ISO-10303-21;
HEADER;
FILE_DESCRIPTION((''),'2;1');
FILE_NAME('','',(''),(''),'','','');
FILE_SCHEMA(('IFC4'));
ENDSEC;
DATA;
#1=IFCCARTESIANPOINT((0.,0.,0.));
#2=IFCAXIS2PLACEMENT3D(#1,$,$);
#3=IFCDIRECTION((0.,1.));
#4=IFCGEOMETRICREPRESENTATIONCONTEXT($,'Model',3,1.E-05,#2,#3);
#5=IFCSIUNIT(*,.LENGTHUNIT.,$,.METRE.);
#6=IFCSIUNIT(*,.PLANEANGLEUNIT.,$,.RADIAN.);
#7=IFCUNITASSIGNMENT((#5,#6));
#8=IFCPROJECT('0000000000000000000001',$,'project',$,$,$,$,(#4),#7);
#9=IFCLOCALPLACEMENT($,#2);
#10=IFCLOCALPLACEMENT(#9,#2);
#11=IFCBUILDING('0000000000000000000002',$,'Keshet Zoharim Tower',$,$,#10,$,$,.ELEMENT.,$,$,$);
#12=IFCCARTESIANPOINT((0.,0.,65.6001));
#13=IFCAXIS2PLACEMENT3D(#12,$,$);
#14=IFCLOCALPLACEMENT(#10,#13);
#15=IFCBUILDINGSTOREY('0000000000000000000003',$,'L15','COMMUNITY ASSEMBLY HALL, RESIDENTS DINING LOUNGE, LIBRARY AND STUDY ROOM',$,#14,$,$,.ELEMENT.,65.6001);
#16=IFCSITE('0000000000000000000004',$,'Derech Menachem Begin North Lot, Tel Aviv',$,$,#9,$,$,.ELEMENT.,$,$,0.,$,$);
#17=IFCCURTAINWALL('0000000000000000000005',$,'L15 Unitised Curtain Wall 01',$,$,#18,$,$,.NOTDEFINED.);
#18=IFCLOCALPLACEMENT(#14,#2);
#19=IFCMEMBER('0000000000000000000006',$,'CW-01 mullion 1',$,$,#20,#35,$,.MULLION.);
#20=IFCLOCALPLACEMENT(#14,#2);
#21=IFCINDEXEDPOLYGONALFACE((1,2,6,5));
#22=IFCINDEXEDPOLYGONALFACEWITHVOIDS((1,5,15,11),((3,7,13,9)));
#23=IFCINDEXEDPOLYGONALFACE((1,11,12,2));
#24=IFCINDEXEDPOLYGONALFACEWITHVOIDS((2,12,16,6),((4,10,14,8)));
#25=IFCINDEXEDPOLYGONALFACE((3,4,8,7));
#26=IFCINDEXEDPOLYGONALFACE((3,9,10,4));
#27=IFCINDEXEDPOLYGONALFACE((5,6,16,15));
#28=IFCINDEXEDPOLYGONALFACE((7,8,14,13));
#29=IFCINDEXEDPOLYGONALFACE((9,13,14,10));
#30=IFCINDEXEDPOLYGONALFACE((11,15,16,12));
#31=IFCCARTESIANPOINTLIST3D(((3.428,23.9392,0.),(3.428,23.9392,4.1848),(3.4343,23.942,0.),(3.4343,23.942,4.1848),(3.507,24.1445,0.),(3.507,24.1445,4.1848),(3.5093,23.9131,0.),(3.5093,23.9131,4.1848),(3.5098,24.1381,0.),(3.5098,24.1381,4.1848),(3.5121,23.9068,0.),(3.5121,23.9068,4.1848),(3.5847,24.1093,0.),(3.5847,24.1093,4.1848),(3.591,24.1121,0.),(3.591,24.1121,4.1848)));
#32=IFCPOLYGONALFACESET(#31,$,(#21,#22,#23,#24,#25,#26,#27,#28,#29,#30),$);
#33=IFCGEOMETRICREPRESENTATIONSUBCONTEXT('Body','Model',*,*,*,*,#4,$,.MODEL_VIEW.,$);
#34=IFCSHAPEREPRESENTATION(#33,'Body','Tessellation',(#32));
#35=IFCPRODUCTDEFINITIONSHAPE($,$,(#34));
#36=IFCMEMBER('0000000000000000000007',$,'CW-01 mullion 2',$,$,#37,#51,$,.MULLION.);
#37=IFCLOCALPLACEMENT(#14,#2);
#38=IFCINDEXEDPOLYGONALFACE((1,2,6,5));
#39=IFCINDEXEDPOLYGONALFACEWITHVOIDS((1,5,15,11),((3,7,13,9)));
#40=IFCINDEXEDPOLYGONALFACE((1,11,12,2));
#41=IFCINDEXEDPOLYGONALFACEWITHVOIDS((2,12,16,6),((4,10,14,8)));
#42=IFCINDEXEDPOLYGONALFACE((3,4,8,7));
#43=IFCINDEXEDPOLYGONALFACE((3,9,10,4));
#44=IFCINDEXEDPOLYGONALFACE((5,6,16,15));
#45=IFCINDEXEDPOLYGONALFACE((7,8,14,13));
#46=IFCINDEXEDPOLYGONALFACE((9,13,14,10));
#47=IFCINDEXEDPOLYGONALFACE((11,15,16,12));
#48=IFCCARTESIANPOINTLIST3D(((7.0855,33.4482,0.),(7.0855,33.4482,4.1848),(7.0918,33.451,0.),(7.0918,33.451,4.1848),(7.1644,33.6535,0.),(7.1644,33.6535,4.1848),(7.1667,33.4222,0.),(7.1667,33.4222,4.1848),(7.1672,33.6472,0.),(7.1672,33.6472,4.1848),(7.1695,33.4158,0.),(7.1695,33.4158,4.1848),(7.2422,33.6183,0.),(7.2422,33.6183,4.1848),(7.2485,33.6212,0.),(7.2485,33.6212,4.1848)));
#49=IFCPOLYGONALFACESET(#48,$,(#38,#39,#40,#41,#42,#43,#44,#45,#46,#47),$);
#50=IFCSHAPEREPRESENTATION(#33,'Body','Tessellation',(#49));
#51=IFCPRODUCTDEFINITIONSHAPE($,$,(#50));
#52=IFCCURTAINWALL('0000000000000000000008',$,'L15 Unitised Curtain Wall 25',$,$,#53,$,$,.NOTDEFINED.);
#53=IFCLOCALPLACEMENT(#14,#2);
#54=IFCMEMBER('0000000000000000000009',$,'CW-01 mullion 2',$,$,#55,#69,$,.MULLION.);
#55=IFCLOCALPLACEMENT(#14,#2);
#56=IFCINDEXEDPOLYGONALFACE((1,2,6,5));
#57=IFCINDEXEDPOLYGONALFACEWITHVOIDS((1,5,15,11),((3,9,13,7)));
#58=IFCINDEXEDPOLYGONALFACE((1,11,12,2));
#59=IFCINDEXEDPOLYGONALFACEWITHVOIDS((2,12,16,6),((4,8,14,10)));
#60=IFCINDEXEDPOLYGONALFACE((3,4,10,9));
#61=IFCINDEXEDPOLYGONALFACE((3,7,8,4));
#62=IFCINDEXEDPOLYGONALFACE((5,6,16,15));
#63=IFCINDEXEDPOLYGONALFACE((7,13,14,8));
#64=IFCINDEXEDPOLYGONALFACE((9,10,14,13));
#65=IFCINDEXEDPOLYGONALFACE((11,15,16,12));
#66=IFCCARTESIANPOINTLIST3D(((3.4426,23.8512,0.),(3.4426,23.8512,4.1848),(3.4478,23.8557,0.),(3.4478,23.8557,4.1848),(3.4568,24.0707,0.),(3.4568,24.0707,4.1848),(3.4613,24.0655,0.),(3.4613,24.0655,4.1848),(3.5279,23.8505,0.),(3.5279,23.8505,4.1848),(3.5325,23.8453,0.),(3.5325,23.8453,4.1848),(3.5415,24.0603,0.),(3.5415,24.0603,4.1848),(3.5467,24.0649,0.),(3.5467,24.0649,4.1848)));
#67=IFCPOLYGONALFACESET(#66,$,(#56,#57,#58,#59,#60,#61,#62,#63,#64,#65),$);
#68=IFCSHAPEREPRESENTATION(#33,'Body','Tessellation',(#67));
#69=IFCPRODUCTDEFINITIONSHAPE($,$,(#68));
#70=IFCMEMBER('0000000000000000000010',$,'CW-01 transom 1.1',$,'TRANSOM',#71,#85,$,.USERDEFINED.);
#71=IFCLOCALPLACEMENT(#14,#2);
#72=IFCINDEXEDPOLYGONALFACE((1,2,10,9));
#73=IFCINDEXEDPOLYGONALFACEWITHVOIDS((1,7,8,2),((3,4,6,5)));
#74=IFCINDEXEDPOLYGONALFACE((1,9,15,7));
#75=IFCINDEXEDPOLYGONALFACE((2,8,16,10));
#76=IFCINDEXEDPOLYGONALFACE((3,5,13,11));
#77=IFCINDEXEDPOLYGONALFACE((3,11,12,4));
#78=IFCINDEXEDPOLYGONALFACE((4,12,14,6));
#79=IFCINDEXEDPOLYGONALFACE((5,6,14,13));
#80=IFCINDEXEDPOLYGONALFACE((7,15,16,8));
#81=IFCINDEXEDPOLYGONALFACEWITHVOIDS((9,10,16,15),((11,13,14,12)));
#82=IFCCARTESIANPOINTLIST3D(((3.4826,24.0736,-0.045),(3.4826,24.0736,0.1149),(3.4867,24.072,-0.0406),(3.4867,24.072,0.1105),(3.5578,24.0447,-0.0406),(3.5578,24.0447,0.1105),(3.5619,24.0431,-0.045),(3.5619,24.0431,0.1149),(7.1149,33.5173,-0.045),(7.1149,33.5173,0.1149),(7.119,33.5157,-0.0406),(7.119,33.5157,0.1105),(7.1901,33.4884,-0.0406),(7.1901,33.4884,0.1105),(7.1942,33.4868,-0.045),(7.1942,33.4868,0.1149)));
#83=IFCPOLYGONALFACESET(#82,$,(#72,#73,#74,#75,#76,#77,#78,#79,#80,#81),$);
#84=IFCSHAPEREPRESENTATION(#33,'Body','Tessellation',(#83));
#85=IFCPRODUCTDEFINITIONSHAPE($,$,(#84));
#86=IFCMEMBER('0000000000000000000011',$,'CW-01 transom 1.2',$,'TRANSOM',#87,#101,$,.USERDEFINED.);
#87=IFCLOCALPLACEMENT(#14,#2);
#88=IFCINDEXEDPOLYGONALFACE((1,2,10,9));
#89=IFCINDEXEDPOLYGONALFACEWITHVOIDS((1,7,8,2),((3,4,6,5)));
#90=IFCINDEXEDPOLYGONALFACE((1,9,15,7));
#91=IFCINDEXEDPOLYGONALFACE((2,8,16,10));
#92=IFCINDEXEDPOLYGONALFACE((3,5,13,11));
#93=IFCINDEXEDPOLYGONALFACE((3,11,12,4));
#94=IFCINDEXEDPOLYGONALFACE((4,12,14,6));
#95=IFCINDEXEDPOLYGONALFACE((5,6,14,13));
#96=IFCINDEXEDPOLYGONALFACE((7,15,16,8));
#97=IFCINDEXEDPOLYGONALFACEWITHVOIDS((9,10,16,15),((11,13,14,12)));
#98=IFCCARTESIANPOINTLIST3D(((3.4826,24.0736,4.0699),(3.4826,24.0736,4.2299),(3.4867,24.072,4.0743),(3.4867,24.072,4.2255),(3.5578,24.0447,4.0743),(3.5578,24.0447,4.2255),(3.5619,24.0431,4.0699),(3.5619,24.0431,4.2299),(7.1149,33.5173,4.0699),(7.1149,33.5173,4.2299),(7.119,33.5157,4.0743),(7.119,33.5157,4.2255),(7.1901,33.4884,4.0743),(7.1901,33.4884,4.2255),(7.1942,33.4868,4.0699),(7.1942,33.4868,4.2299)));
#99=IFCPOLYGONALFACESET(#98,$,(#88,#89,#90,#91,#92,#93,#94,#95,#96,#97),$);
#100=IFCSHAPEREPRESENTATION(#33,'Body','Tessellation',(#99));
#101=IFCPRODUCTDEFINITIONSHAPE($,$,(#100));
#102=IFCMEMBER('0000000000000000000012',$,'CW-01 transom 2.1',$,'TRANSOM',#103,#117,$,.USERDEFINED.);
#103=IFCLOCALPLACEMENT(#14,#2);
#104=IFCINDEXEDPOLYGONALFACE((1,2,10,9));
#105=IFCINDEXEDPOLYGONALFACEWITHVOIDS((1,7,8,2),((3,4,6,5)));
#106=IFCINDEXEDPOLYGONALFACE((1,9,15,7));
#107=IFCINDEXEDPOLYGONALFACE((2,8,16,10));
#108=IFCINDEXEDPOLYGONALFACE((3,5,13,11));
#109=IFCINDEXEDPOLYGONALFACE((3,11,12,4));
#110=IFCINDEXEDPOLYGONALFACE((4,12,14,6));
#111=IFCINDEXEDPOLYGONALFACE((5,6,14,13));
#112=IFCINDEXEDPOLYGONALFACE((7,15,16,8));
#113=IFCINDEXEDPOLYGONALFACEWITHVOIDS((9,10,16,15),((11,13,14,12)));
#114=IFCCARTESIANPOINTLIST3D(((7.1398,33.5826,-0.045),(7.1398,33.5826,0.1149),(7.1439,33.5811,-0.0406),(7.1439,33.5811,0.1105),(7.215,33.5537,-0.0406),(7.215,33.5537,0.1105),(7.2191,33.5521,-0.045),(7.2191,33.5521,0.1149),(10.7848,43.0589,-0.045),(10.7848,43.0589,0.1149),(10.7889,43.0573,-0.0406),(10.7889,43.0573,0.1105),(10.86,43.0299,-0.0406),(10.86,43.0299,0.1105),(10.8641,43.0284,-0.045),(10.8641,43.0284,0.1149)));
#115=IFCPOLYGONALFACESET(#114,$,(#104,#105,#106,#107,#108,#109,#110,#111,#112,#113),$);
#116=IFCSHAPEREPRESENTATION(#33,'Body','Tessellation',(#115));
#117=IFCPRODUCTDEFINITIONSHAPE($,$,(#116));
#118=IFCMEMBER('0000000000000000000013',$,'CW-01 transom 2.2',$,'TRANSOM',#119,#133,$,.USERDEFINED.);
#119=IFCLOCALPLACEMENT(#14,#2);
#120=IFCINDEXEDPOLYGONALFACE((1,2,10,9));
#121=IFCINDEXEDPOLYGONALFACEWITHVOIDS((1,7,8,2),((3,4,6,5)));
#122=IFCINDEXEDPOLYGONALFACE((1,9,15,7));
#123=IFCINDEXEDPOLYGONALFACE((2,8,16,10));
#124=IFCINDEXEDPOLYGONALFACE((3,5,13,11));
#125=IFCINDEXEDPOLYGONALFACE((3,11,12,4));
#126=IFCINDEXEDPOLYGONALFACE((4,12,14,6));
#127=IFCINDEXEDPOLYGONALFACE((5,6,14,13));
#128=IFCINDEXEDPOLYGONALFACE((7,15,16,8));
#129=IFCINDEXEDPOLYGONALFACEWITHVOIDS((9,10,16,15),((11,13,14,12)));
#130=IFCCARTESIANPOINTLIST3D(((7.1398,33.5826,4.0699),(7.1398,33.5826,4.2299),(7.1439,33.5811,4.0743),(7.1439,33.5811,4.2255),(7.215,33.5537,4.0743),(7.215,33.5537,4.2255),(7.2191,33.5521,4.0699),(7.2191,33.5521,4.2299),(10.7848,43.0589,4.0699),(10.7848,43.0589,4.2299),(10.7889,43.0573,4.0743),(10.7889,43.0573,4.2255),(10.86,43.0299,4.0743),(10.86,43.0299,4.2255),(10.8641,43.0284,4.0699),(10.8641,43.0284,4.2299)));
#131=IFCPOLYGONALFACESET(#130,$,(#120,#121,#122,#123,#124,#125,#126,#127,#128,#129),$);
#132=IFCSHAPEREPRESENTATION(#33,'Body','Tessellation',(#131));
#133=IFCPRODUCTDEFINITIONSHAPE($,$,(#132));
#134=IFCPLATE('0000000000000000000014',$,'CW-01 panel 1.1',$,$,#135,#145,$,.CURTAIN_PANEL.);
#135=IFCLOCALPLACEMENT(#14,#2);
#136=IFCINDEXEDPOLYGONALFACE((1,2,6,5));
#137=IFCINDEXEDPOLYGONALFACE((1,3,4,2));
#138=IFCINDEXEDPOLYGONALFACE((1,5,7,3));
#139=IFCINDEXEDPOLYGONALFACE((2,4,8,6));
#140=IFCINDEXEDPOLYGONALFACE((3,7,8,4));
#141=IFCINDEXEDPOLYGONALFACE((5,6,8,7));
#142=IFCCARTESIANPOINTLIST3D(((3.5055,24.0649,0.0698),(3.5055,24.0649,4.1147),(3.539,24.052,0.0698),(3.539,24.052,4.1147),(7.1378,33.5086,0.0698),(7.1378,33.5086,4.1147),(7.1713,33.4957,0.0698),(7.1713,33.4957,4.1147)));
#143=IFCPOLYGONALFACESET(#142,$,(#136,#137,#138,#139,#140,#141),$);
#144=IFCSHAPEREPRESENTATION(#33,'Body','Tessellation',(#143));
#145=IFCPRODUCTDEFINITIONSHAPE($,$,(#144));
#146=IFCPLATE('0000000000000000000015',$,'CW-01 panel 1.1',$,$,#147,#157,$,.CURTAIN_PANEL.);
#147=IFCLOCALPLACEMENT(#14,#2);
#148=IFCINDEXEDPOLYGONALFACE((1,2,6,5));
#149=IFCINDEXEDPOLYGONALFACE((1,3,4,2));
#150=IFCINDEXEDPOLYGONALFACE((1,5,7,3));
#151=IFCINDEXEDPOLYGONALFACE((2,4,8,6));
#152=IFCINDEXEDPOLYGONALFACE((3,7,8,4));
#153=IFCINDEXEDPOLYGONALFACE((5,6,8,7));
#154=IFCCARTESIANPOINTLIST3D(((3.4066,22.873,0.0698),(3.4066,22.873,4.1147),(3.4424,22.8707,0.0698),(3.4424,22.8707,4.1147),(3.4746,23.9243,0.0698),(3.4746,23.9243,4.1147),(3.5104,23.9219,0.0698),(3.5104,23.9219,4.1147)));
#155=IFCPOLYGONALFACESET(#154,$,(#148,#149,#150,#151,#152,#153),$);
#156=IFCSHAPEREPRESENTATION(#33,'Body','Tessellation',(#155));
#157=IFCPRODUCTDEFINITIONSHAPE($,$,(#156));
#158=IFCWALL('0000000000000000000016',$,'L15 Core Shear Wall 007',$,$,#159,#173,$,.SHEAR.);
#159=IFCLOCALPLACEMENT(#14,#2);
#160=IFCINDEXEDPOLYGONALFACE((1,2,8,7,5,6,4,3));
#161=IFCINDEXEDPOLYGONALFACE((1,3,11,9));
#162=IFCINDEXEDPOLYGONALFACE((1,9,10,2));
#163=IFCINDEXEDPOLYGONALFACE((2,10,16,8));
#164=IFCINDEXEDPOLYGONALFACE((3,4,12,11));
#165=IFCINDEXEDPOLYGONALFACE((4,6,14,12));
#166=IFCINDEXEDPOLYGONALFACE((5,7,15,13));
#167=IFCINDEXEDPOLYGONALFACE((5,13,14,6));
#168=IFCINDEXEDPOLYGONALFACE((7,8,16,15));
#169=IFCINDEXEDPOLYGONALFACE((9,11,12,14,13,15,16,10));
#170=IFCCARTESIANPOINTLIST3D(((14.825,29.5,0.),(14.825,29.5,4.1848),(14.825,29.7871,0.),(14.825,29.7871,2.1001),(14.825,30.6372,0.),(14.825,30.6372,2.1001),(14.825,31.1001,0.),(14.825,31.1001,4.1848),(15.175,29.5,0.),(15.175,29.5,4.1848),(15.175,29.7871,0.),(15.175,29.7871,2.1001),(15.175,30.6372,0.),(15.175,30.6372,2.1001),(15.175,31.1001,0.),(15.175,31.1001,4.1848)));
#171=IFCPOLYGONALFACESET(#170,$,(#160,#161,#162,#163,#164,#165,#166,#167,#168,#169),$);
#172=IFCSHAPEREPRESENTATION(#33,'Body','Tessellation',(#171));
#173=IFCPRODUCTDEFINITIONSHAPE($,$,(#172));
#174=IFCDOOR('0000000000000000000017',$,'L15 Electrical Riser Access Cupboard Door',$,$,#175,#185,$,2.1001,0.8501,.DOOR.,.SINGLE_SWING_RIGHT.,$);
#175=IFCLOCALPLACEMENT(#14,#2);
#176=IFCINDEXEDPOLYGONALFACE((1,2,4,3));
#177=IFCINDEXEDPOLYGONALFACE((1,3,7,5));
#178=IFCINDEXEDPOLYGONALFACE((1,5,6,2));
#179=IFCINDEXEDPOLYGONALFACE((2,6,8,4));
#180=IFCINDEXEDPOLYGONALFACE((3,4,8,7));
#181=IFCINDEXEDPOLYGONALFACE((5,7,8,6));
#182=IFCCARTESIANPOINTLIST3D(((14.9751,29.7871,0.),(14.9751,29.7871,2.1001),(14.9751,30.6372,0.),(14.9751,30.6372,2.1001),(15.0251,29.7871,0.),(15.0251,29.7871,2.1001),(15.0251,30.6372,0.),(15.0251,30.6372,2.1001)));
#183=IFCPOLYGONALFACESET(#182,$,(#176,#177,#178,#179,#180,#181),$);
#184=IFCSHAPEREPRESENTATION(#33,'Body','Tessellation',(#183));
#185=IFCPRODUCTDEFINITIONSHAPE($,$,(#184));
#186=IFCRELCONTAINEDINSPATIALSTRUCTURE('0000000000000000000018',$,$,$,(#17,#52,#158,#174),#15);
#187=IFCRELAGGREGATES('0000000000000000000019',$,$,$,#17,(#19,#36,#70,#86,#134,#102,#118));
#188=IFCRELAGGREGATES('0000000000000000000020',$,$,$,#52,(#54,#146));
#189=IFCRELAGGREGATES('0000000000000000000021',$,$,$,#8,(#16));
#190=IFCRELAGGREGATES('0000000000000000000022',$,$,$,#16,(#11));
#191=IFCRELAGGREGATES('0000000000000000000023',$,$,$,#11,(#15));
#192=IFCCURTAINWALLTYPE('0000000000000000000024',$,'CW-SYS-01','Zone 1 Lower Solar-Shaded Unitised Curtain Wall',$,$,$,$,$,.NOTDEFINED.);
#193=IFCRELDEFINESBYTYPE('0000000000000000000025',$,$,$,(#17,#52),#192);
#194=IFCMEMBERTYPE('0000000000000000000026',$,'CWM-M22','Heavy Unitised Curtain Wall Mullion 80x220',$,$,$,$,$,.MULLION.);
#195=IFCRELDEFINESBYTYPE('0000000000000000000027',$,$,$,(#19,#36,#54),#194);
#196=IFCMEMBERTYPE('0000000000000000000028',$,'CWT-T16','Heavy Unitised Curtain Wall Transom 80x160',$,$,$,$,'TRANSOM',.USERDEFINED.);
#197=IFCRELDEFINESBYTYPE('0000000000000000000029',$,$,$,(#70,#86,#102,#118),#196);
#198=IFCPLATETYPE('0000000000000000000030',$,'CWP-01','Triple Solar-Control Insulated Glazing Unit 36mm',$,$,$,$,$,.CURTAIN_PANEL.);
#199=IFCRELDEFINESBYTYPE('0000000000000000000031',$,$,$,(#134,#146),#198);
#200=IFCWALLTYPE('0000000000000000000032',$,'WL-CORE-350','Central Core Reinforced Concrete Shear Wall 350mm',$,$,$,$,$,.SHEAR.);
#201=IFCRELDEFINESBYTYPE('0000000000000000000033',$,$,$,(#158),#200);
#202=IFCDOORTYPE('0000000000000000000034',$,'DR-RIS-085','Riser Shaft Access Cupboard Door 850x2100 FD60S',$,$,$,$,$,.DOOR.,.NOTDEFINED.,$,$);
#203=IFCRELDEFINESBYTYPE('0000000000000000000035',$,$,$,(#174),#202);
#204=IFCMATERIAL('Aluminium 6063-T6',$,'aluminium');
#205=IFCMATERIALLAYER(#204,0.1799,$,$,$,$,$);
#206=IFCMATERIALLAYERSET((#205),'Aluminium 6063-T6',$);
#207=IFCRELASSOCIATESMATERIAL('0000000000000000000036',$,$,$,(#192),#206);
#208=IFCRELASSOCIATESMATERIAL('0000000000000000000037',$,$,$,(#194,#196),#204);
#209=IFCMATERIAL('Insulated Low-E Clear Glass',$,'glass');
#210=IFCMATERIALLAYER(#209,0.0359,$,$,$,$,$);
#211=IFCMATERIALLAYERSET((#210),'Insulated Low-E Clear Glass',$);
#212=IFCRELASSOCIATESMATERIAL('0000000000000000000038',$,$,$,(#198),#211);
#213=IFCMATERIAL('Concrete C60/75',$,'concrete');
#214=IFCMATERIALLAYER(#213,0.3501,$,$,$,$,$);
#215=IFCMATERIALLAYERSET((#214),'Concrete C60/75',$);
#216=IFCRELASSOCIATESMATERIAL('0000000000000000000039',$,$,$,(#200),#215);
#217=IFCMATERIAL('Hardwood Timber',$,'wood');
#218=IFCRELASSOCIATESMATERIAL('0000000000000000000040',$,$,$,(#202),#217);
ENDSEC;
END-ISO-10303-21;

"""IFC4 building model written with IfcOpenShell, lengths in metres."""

from ifc_helpers import new_model, si_unit, direction, frame, frame_2d, origin, origin_2d, place, context, subcontext, project, spatial, rectangle, hollow_rectangle, extrude, material, layer, layer_set, material_profile, profile_set, type_object, element, fill, aggregate, save


model = new_model("IFC4")

# Units and contexts
model_context = context("Model", 3, precision=1e-05, world=origin(), true_north=direction((0.0, 1.0)))
body_context = subcontext(model_context, "Body", "Model", "MODEL_VIEW")
ifc_project = project(units=[si_unit("LENGTHUNIT", "METRE"), si_unit("PLANEANGLEUNIT", "RADIAN")], contexts=[model_context])

# Site, building, storey
site_placement = place(None, origin())
site = spatial("IfcSite", under=ifc_project, at=site_placement, Name="Derech Menachem Begin North Lot, Tel Aviv", CompositionType="ELEMENT", RefElevation=0.0)
building_placement = place(site_placement, origin())
building = spatial("IfcBuilding", under=site, at=building_placement, Name="Keshet Zoharim Tower", CompositionType="ELEMENT")
storey_placement = place(building_placement, frame((0.0, 0.0, 65.6001)))
storey = spatial("IfcBuildingStorey", under=building, at=storey_placement, Name="L15", Description="COMMUNITY ASSEMBLY HALL, RESIDENTS DINING LOUNGE, LIBRARY AND STUDY ROOM", CompositionType="ELEMENT", Elevation=65.6001)

# Curtain wall, members
ifc_material_1 = material(Name="Aluminium 6063-T6", Category="aluminium")
ifc_layer_1 = layer(ifc_material_1, 0.1799)
ifc_layer_set_1 = layer_set([ifc_layer_1], Name="Aluminium 6063-T6")
curtain_wall_type = type_object("IfcCurtainWallType", Name="CW-SYS-01", Description="Zone 1 Lower Solar-Shaded Unitised Curtain Wall", PredefinedType="NOTDEFINED", material=ifc_layer_set_1)
curtain_wall_1_placement = place(storey_placement, origin())
curtain_wall_1 = element("IfcCurtainWall", 1, at=curtain_wall_1_placement, inside=storey, type_object=curtain_wall_type, Name="L15 Unitised Curtain Wall 01", PredefinedType="NOTDEFINED")
ifc_material_profile_1 = material_profile(ifc_material_1, hollow_rectangle(XDim=0.0901, YDim=0.22, WallThickness=0.0049, at=origin_2d()), Name="MUL-90x220")
ifc_profile_set_1 = profile_set([ifc_material_profile_1], Name="Aluminium 6063-T6")
member_type_1 = type_object("IfcMemberType", Name="CWM-M22", Description="Heavy Unitised Curtain Wall Mullion 80x220", PredefinedType="MULLION", material=ifc_profile_set_1)
member_1_placement = place(storey_placement, frame((3.5095, 24.0256, 0.0), z_axis=(0.0, 0.0, 1.0), x_axis=(-0.933341, 0.35899, 0.0)))
member_1 = element("IfcMember", 2, at=member_1_placement, type_object=member_type_1, Name="CW-01 mullion 1", PredefinedType="MULLION", context=body_context, shape_type="SweptSolid", body=[
    extrude(hollow_rectangle(XDim=0.0901, YDim=0.22, WallThickness=0.0049, at=origin_2d()), origin(), (0.0, 0.0, 1.0), 4.1848),
])
member_2_placement = place(storey_placement, frame((7.167, 33.5347, 0.0), z_axis=(0.0, 0.0, 1.0), x_axis=(-0.933341, 0.35899, 0.0)))
member_2 = element("IfcMember", 3, at=member_2_placement, type_object=member_type_1, Name="CW-01 mullion 2", PredefinedType="MULLION", context=body_context, shape_type="SweptSolid", body=[
    extrude(hollow_rectangle(XDim=0.0901, YDim=0.22, WallThickness=0.0049, at=origin_2d()), origin(), (0.0, 0.0, 1.0), 4.1848),
])

# Curtain wall, member
curtain_wall_2_placement = place(storey_placement, origin())
curtain_wall_2 = element("IfcCurtainWall", 4, at=curtain_wall_2_placement, inside=storey, type_object=curtain_wall_type, Name="L15 Unitised Curtain Wall 25", PredefinedType="NOTDEFINED")
member_3_placement = place(storey_placement, frame((3.4946, 23.958, 0.0), z_axis=(0.0, 0.0, 1.0), x_axis=(-0.997917, 0.064517, 0.0)))
member_3 = element("IfcMember", 5, at=member_3_placement, type_object=member_type_1, Name="CW-01 mullion 2", PredefinedType="MULLION", context=body_context, shape_type="SweptSolid", body=[
    extrude(hollow_rectangle(XDim=0.0901, YDim=0.22, WallThickness=0.0049, at=origin_2d()), origin(), (0.0, 0.0, 1.0), 4.1848),
])

# Members
ifc_material_profile_2 = material_profile(ifc_material_1, hollow_rectangle(XDim=0.085, YDim=0.1599, WallThickness=0.0044, at=origin_2d()), Name="TRN-85x160")
ifc_profile_set_2 = profile_set([ifc_material_profile_2], Name="Aluminium 6063-T6")
member_type_2 = type_object("IfcMemberType", Name="CWT-T16", Description="Heavy Unitised Curtain Wall Transom 80x160", ElementType="TRANSOM", PredefinedType="USERDEFINED", material=ifc_profile_set_2)
member_4_placement = place(storey_placement, frame((3.5222, 24.0583, 0.0349), z_axis=(0.358994, 0.93334, 0.0), x_axis=(-0.93334, 0.358994, 0.0)))
member_4 = element("IfcMember", 6, at=member_4_placement, type_object=member_type_2, Name="CW-01 transom 1.1", ObjectType="TRANSOM", PredefinedType="USERDEFINED", context=body_context, shape_type="SweptSolid", body=[
    extrude(hollow_rectangle(XDim=0.085, YDim=0.1599, WallThickness=0.0044, at=origin_2d()), origin(), (0.0, 0.0, 1.0), 10.1182),
])
member_5_placement = place(storey_placement, frame((3.5222, 24.0583, 4.1499), z_axis=(0.358994, 0.93334, 0.0), x_axis=(-0.93334, 0.358994, 0.0)))
member_5 = element("IfcMember", 7, at=member_5_placement, type_object=member_type_2, Name="CW-01 transom 1.2", ObjectType="TRANSOM", PredefinedType="USERDEFINED", context=body_context, shape_type="SweptSolid", body=[
    extrude(hollow_rectangle(XDim=0.085, YDim=0.1599, WallThickness=0.0044, at=origin_2d()), origin(), (0.0, 0.0, 1.0), 10.1182),
])
member_6_placement = place(storey_placement, frame((7.1794, 33.5674, 0.0349), z_axis=(0.359003, 0.933336, 0.0), x_axis=(-0.933336, 0.359003, 0.0)))
member_6 = element("IfcMember", 8, at=member_6_placement, type_object=member_type_2, Name="CW-01 transom 2.1", ObjectType="TRANSOM", PredefinedType="USERDEFINED", context=body_context, shape_type="SweptSolid", body=[
    extrude(hollow_rectangle(XDim=0.085, YDim=0.1599, WallThickness=0.0044, at=origin_2d()), origin(), (0.0, 0.0, 1.0), 10.1531),
])
member_7_placement = place(storey_placement, frame((7.1794, 33.5674, 4.1499), z_axis=(0.359003, 0.933336, 0.0), x_axis=(-0.933336, 0.359003, 0.0)))
member_7 = element("IfcMember", 9, at=member_7_placement, type_object=member_type_2, Name="CW-01 transom 2.2", ObjectType="TRANSOM", PredefinedType="USERDEFINED", context=body_context, shape_type="SweptSolid", body=[
    extrude(hollow_rectangle(XDim=0.085, YDim=0.1599, WallThickness=0.0044, at=origin_2d()), origin(), (0.0, 0.0, 1.0), 10.1531),
])

# Plates
ifc_material_2 = material(Name="Insulated Low-E Clear Glass", Category="glass")
ifc_layer_2 = layer(ifc_material_2, 0.0359)
ifc_layer_set_2 = layer_set([ifc_layer_2], Name="Insulated Low-E Clear Glass")
plate_type = type_object("IfcPlateType", Name="CWP-01", Description="Triple Solar-Control Insulated Glazing Unit 36mm", PredefinedType="CURTAIN_PANEL", material=ifc_layer_set_2)
plate_1_placement = place(storey_placement, frame((5.3384, 28.7803, 0.0698), z_axis=(0.0, 0.0, 1.0), x_axis=(0.35899, 0.933341, 0.0)))
plate_1 = element("IfcPlate", 10, at=plate_1_placement, type_object=plate_type, Name="CW-01 panel 1.1", PredefinedType="CURTAIN_PANEL", context=body_context, shape_type="SweptSolid", body=[
    extrude(rectangle(XDim=10.1182, YDim=0.0359, at=origin_2d()), origin(), (0.0, 0.0, 1.0), 4.0449),
])
aggregate(curtain_wall_1, [member_1, member_2, member_4, member_5, plate_1, member_6, member_7])
plate_2_placement = place(storey_placement, frame((3.4585, 23.3975, 0.0698), z_axis=(0.0, 0.0, 1.0), x_axis=(0.064517, 0.997917, 0.0)))
plate_2 = element("IfcPlate", 11, at=plate_2_placement, type_object=plate_type, Name="CW-01 panel 1.1", PredefinedType="CURTAIN_PANEL", context=body_context, shape_type="SweptSolid", body=[
    extrude(rectangle(XDim=1.0535, YDim=0.0359, at=origin_2d()), origin(), (0.0, 0.0, 1.0), 4.0449),
])
aggregate(curtain_wall_2, [member_3, plate_2])

# Wall, opening, door
ifc_material_3 = material(Name="Concrete C60/75", Category="concrete")
ifc_layer_3 = layer(ifc_material_3, 0.3501)
ifc_layer_set_3 = layer_set([ifc_layer_3], Name="Concrete C60/75")
wall_type = type_object("IfcWallType", Name="WL-CORE-350", Description="Central Core Reinforced Concrete Shear Wall 350mm", PredefinedType="SHEAR", material=ifc_layer_set_3)
wall_1_placement = place(storey_placement, frame((15.0, 29.5, 0.0), z_axis=(0.0, 0.0, 1.0), x_axis=(0.0, 1.0, 0.0)))
wall_1 = element("IfcWall", 12, at=wall_1_placement, inside=storey, type_object=wall_type, Name="L15 Core Shear Wall 007", PredefinedType="SHEAR", context=body_context, shape_type="SweptSolid", body=[
    extrude(rectangle(XDim=1.6001, YDim=0.3501, at=frame_2d((0.8, 0.0))), origin(), (0.0, 0.0, 1.0), 4.1848),
])
opening_1_placement = place(wall_1_placement, frame((0.2871, 0.0, 0.0)))
opening_1 = element("IfcOpeningElement", 13, at=opening_1_placement, cuts=wall_1, PredefinedType="OPENING", context=body_context, shape_type="SweptSolid", body=[
    extrude(rectangle(XDim=0.8501, YDim=2.1001, at=frame_2d((0.425, 1.05))), frame((0.0, 0.1851, 0.0), z_axis=(0.0, -1.0, 0.0), x_axis=(1.0, 0.0, 0.0)), (0.0, 0.0, 1.0), 0.3701),
])
ifc_material_4 = material(Name="Hardwood Timber", Category="wood")
door_type_1 = type_object("IfcDoorType", Name="DR-RIS-085", Description="Riser Shaft Access Cupboard Door 850x2100 FD60S", OperationType="NOTDEFINED", PredefinedType="DOOR", material=ifc_material_4)
door_1_placement = place(opening_1_placement, origin())
door_1 = element("IfcDoor", 14, at=door_1_placement, inside=storey, type_object=door_type_1, Name="L15 Electrical Riser Access Cupboard Door", OperationType="SINGLE_SWING_RIGHT", OverallHeight=2.1001, OverallWidth=0.8501, PredefinedType="DOOR", context=body_context, shape_type="SweptSolid", body=[
    extrude(rectangle(XDim=0.8501, YDim=2.1001, at=frame_2d((0.425, 1.05))), frame((0.0, 0.0249, 0.0), z_axis=(0.0, -1.0, 0.0), x_axis=(1.0, 0.0, 0.0)), (0.0, 0.0, 1.0), 0.05),
])
fill(opening_1, door_1)

save(model, "model.ifc")
